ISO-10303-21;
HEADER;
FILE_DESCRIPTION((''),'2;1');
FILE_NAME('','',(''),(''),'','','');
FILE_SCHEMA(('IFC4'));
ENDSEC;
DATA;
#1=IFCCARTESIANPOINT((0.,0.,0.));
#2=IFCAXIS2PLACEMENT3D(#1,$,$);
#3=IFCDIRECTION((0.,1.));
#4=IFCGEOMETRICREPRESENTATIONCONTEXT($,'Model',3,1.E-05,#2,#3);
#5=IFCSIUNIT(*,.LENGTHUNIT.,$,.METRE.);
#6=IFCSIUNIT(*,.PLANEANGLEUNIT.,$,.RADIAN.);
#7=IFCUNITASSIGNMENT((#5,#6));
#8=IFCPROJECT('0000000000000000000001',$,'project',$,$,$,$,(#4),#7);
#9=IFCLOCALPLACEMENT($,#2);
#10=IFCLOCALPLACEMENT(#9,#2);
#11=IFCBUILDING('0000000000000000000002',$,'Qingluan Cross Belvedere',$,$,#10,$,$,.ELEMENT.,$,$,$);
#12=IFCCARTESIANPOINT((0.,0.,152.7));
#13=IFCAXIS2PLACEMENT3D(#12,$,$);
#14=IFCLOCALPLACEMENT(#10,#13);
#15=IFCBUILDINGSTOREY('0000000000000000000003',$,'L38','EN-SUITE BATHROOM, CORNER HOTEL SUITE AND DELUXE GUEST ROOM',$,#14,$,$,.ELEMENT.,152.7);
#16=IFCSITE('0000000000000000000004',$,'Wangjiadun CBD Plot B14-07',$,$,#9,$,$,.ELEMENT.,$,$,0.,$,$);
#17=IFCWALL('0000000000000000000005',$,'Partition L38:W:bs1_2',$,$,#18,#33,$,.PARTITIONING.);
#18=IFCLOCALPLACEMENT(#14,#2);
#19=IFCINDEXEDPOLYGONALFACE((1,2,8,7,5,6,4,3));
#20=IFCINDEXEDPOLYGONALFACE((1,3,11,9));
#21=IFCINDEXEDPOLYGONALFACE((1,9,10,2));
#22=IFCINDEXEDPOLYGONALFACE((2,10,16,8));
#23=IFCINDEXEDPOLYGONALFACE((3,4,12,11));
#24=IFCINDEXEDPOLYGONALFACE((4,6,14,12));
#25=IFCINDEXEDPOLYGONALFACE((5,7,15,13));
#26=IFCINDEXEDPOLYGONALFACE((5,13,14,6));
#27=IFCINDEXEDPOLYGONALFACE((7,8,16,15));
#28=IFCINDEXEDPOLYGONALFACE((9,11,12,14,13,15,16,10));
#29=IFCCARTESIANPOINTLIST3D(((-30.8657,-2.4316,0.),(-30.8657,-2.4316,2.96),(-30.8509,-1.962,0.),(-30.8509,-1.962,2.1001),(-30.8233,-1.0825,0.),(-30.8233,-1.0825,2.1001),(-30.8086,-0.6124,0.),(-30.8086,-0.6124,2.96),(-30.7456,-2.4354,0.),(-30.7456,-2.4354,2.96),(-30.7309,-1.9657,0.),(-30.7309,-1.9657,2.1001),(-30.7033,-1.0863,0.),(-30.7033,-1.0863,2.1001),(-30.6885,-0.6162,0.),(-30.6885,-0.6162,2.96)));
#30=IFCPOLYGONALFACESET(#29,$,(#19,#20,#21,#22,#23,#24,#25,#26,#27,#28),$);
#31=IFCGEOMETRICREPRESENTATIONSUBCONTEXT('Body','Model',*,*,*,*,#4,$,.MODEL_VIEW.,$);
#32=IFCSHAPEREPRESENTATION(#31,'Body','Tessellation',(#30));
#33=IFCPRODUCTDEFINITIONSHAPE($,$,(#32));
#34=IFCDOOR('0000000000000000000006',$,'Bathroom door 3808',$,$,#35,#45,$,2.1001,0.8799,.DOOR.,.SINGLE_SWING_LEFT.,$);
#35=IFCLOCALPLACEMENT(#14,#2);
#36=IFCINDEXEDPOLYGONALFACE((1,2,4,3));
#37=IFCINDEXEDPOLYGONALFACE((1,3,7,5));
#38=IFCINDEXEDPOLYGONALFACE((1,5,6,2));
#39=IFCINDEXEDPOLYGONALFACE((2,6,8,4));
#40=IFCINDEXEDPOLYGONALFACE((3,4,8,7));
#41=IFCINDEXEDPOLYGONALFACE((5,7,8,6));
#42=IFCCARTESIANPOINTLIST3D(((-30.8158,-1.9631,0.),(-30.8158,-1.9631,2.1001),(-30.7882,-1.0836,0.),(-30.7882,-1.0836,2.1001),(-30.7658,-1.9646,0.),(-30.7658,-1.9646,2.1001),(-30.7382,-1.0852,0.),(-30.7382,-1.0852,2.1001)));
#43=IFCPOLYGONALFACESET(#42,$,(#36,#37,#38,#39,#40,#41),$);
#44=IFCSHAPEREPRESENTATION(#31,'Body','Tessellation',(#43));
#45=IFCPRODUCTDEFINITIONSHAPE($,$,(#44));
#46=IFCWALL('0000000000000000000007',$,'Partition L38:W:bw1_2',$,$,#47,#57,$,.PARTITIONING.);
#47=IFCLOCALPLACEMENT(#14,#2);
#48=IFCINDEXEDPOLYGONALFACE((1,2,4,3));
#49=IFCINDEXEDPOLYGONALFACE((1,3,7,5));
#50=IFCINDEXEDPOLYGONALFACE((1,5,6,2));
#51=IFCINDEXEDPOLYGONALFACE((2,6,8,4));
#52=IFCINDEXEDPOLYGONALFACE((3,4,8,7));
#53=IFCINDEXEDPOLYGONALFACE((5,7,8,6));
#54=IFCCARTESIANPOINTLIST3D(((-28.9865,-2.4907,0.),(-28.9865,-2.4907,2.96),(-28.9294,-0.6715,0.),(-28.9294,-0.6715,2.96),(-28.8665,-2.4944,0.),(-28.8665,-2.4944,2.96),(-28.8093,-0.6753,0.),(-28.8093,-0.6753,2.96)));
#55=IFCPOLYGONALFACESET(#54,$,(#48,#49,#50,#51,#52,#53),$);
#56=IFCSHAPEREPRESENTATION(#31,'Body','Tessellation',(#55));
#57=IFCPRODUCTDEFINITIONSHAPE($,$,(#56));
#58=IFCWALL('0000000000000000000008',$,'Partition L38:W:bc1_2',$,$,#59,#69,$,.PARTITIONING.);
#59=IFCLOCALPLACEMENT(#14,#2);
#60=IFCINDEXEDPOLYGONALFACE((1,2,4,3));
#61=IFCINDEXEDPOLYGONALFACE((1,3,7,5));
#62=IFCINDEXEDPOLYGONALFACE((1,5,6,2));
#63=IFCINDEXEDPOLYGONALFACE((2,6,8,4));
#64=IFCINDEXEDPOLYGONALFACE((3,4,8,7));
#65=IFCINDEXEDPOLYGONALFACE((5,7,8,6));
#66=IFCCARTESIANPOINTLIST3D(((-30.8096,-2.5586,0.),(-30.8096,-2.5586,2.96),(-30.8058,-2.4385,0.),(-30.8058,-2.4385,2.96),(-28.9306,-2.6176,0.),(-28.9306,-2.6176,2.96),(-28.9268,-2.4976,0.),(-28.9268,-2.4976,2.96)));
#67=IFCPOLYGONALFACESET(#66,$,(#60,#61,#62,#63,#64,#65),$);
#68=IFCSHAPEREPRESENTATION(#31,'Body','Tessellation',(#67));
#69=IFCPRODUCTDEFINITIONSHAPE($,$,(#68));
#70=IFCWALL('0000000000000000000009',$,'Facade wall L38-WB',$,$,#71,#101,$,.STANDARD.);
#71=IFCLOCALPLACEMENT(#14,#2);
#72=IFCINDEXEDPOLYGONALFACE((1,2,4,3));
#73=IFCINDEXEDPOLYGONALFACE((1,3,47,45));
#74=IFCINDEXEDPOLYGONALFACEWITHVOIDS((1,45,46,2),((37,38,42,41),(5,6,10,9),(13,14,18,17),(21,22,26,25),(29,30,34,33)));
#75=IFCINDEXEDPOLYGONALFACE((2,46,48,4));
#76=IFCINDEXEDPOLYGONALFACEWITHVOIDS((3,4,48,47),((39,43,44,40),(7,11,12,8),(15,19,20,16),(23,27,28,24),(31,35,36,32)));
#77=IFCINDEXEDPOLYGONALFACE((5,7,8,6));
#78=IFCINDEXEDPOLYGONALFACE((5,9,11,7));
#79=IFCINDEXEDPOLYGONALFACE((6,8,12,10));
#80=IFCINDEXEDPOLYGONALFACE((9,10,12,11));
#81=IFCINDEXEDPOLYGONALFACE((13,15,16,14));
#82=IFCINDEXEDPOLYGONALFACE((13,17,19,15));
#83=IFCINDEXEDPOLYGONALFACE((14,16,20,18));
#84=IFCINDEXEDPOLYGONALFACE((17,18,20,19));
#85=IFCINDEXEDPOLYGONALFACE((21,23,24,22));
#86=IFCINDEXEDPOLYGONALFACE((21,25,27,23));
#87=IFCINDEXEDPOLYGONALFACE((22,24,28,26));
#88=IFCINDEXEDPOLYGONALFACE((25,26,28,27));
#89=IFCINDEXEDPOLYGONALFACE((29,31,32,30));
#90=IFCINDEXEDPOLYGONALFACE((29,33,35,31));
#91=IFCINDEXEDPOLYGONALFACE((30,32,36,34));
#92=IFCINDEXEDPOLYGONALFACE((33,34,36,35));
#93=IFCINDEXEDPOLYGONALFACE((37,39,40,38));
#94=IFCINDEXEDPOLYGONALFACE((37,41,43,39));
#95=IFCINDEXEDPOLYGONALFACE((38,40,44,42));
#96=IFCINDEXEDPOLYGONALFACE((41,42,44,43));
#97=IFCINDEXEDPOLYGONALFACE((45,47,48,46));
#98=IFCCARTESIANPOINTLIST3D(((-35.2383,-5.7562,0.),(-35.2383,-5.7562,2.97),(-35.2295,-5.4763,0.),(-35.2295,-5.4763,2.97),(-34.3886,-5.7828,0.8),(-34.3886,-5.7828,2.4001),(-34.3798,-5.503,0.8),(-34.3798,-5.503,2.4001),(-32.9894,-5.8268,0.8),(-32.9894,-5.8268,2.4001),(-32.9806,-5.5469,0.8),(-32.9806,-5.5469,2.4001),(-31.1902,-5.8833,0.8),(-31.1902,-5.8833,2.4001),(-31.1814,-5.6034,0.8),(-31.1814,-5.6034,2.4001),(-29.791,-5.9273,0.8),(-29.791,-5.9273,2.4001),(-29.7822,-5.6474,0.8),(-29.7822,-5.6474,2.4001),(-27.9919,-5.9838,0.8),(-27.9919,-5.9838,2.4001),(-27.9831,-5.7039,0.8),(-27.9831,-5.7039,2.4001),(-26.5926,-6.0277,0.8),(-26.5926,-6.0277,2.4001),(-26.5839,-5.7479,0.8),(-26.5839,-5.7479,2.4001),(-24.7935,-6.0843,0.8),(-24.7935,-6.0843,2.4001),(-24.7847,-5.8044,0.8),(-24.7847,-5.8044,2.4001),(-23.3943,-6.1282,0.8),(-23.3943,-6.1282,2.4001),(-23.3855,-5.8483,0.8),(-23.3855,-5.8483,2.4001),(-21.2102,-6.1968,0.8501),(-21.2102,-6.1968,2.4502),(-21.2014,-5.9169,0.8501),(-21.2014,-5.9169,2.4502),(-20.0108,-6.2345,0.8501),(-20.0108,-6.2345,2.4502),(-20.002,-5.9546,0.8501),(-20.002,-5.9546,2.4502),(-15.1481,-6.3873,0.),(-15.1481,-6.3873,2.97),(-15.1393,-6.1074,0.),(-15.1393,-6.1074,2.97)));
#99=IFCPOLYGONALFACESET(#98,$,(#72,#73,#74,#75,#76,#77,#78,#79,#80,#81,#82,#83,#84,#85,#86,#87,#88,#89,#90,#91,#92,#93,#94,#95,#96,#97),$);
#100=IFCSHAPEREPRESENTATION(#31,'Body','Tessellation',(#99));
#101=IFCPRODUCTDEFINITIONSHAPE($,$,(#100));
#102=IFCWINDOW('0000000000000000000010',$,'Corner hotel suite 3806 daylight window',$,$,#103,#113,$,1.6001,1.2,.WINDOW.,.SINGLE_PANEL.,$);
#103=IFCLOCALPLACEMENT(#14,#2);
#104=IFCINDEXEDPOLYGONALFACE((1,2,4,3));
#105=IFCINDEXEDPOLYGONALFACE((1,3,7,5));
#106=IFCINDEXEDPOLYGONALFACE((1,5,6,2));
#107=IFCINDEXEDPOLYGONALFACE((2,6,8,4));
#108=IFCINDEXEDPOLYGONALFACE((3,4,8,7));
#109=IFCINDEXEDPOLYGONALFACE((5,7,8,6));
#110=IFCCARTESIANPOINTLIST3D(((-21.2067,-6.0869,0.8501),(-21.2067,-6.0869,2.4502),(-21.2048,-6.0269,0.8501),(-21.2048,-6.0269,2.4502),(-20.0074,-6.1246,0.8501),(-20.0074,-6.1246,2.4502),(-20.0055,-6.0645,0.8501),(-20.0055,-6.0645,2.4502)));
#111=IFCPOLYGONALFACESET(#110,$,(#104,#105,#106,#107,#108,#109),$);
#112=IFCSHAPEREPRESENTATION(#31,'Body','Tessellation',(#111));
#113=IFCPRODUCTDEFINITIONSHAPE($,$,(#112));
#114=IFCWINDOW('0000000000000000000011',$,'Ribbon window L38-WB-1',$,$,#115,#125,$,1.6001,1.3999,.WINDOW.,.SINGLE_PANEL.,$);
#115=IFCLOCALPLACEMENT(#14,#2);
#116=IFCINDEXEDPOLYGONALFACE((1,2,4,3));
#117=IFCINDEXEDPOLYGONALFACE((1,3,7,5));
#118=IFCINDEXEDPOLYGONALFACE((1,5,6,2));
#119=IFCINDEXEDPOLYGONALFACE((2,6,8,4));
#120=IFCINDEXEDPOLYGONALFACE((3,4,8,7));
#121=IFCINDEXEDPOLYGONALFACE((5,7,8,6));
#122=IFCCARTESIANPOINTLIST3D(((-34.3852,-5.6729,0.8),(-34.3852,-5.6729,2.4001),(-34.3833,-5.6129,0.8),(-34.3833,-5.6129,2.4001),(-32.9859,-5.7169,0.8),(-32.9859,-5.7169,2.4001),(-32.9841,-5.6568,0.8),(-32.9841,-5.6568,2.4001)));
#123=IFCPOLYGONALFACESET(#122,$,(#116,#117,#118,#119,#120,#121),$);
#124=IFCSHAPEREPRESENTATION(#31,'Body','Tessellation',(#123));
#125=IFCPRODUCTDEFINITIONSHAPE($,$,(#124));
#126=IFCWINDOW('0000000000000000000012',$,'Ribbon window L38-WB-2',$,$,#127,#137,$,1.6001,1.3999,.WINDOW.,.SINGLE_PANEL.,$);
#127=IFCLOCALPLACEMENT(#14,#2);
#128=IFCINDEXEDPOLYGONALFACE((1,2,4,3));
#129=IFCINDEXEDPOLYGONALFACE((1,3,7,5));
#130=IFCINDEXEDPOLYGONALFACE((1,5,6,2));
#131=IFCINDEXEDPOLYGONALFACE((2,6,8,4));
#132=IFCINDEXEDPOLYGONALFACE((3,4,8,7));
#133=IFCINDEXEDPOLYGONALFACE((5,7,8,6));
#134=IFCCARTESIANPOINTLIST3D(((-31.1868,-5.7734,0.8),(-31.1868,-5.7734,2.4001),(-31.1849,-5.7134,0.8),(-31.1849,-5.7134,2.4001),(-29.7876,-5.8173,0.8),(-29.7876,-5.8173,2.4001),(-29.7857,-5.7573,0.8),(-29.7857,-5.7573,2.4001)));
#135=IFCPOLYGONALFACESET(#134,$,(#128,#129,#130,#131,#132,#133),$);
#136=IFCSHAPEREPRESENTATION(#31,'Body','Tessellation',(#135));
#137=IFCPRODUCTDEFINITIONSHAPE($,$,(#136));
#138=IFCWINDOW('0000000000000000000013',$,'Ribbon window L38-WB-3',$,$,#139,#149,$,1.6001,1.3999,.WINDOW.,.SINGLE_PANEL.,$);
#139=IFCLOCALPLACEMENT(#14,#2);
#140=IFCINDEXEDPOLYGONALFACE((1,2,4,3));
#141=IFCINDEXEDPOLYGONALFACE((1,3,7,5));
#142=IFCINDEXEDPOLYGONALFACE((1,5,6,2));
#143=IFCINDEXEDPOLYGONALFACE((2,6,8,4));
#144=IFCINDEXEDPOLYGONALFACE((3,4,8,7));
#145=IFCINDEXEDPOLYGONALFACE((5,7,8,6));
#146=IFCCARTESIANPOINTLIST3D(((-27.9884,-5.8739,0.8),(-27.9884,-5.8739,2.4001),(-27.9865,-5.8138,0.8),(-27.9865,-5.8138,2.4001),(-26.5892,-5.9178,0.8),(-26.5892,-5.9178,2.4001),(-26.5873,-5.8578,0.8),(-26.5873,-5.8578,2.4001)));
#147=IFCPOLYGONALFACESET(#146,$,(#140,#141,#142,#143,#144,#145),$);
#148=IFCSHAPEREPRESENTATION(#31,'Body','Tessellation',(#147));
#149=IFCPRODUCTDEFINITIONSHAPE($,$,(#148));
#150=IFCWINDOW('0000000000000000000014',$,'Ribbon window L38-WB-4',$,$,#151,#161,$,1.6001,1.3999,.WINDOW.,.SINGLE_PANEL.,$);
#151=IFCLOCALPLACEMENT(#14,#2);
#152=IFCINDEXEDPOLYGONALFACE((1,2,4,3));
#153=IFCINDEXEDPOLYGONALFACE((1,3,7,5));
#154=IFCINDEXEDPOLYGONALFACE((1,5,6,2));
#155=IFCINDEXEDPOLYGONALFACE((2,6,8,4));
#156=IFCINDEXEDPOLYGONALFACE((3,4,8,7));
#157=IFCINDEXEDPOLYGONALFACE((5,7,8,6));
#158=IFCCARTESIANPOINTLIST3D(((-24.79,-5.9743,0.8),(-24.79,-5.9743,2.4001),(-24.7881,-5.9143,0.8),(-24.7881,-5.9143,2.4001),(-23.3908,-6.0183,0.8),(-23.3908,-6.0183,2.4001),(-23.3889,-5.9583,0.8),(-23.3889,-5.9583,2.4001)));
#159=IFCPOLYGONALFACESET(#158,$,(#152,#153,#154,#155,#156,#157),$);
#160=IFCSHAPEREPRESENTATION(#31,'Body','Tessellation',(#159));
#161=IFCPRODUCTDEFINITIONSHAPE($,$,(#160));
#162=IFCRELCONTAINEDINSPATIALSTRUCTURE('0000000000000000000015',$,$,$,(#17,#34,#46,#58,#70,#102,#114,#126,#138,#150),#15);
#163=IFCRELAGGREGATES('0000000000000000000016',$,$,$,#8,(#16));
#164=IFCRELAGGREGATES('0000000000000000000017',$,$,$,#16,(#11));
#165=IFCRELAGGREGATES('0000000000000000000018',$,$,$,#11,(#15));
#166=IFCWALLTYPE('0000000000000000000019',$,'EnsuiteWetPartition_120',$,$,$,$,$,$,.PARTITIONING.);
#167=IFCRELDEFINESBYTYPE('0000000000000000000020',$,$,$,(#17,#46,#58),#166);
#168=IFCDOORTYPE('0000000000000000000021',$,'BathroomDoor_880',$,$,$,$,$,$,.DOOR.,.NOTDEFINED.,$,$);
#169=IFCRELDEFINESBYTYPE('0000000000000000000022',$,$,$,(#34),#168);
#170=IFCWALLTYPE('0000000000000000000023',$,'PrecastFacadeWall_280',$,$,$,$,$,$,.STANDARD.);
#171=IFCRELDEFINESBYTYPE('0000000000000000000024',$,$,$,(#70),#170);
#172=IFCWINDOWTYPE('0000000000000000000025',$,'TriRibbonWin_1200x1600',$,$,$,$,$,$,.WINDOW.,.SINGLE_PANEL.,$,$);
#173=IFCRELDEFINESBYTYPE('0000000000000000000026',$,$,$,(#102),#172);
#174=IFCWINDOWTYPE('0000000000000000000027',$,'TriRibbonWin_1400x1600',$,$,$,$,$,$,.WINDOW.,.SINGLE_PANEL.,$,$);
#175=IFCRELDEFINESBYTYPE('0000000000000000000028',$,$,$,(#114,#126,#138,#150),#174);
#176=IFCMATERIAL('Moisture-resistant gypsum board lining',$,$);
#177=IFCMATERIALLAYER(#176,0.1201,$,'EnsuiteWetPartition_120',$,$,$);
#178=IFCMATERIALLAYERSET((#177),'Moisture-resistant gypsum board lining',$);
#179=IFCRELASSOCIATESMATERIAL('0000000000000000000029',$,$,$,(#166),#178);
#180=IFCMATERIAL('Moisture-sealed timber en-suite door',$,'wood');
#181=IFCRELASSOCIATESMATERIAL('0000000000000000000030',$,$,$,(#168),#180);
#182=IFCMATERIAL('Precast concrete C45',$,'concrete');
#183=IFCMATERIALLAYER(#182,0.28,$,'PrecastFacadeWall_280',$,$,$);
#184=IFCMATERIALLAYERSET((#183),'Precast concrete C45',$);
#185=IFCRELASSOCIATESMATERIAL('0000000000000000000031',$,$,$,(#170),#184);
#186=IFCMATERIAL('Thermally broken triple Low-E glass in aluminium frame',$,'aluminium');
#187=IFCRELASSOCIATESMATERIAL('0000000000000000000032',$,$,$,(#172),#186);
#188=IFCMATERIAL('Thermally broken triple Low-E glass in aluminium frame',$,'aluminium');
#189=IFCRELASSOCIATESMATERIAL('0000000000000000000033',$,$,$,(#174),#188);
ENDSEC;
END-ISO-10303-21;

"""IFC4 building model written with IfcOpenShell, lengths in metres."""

from ifc_helpers import new_model, si_unit, direction, frame, frame_2d, origin, place, context, subcontext, project, spatial, rectangle, extrude, material, layer, layer_set, type_object, element, fill, save


model = new_model("IFC4")

# Units and contexts
model_context = context("Model", 3, precision=1e-05, world=origin(), true_north=direction((0.0, 1.0)))
body_context = subcontext(model_context, "Body", "Model", "MODEL_VIEW")
ifc_project = project(units=[si_unit("LENGTHUNIT", "METRE"), si_unit("PLANEANGLEUNIT", "RADIAN")], contexts=[model_context])

# Site, building, storey
site_placement = place(None, origin())
site = spatial("IfcSite", under=ifc_project, at=site_placement, Name="Wangjiadun CBD Plot B14-07", CompositionType="ELEMENT", RefElevation=0.0)
building_placement = place(site_placement, origin())
building = spatial("IfcBuilding", under=site, at=building_placement, Name="Qingluan Cross Belvedere", CompositionType="ELEMENT")
storey_placement = place(building_placement, frame((0.0, 0.0, 152.7)))
storey = spatial("IfcBuildingStorey", under=building, at=storey_placement, Name="L38", Description="EN-SUITE BATHROOM, CORNER HOTEL SUITE AND DELUXE GUEST ROOM", CompositionType="ELEMENT", Elevation=152.7)

# Shared definitions
ifc_material_1 = material(Name="Moisture-resistant gypsum board lining")
ifc_layer_1 = layer(ifc_material_1, 0.1201, Name="EnsuiteWetPartition_120")
ifc_layer_set_1 = layer_set([ifc_layer_1], Name="Moisture-resistant gypsum board lining")
wall_type_1 = type_object("IfcWallType", Name="EnsuiteWetPartition_120", PredefinedType="PARTITIONING", material=ifc_layer_set_1)
ifc_material_2 = material(Name="Moisture-sealed timber en-suite door", Category="wood")
door_type = type_object("IfcDoorType", Name="BathroomDoor_880", OperationType="NOTDEFINED", PredefinedType="DOOR", material=ifc_material_2)

# Wall, opening, door
wall_1_placement = place(storey_placement, frame((-30.8057, -2.4336, 0.0), z_axis=(0.0, 0.0, 1.0), x_axis=(0.03139, 0.999507, 0.0)))
wall_1 = element("IfcWall", 1, at=wall_1_placement, inside=storey, type_object=wall_type_1, Name="Partition L38:W:bs1_2", PredefinedType="PARTITIONING", context=body_context, shape_type="SweptSolid", body=[
    extrude(rectangle(XDim=1.8201, YDim=0.1201, at=frame_2d((0.9102, 0.0))), origin(), (0.0, 0.0, 1.0), 2.96),
])
opening_1_placement = place(wall_1_placement, frame((0.47, 0.0, 0.0)))
opening_1 = element("IfcOpeningElement", 2, at=opening_1_placement, cuts=wall_1, PredefinedType="OPENING", context=body_context, shape_type="SweptSolid", body=[
    extrude(rectangle(XDim=0.8799, YDim=2.1001, at=frame_2d((0.4399, 1.05))), frame((0.0, 0.0701, 0.0), z_axis=(0.0, -1.0, 0.0), x_axis=(1.0, 0.0, 0.0)), (0.0, 0.0, 1.0), 0.1401),
])
door_1_placement = place(opening_1_placement, origin())
door_1 = element("IfcDoor", 3, at=door_1_placement, inside=storey, type_object=door_type, Name="Bathroom door 3808", OperationType="SINGLE_SWING_LEFT", OverallHeight=2.1001, OverallWidth=0.8799, PredefinedType="DOOR", context=body_context, shape_type="SweptSolid", body=[
    extrude(rectangle(XDim=0.8799, YDim=2.1001, at=frame_2d((0.4399, 1.05))), frame((0.0, 0.0249, 0.0), z_axis=(0.0, -1.0, 0.0), x_axis=(1.0, 0.0, 0.0)), (0.0, 0.0, 1.0), 0.05),
])
fill(opening_1, door_1)

# Walls
wall_2_placement = place(storey_placement, frame((-28.9265, -2.4927, 0.0), z_axis=(0.0, 0.0, 1.0), x_axis=(0.03139, 0.999507, 0.0)))
element("IfcWall", 4, at=wall_2_placement, inside=storey, type_object=wall_type_1, Name="Partition L38:W:bw1_2", PredefinedType="PARTITIONING", context=body_context, shape_type="SweptSolid", body=[
    extrude(rectangle(XDim=1.8201, YDim=0.1201, at=frame_2d((0.9102, 0.0))), origin(), (0.0, 0.0, 1.0), 2.96),
])
wall_3_placement = place(storey_placement, frame((-28.9287, -2.5576, 0.0), z_axis=(0.0, 0.0, 1.0), x_axis=(-0.999506, 0.031429, 0.0)))
element("IfcWall", 5, at=wall_3_placement, inside=storey, type_object=wall_type_1, Name="Partition L38:W:bc1_2", PredefinedType="PARTITIONING", context=body_context, shape_type="SweptSolid", body=[
    extrude(rectangle(XDim=1.8799, YDim=0.1201, at=frame_2d((0.9399, 0.0))), origin(), (0.0, 0.0, 1.0), 2.96),
])

# Wall, openings, windows
ifc_material_3 = material(Name="Precast concrete C45", Category="concrete")
ifc_layer_2 = layer(ifc_material_3, 0.28, Name="PrecastFacadeWall_280")
ifc_layer_set_2 = layer_set([ifc_layer_2], Name="Precast concrete C45")
wall_type_2 = type_object("IfcWallType", Name="PrecastFacadeWall_280", PredefinedType="STANDARD", material=ifc_layer_set_2)
wall_4_placement = place(storey_placement, frame((-35.2339, -5.6162, 0.0), z_axis=(0.0, 0.0, 1.0), x_axis=(0.999507, -0.031398, 0.0)))
wall_4 = element("IfcWall", 6, at=wall_4_placement, inside=storey, type_object=wall_type_2, Name="Facade wall L38-WB", PredefinedType="STANDARD", context=body_context, shape_type="SweptSolid", body=[
    extrude(rectangle(XDim=20.1001, YDim=0.28, at=frame_2d((10.05, 0.0))), origin(), (0.0, 0.0, 1.0), 2.97),
])
opening_2_placement = place(wall_4_placement, frame((0.8501, 0.0, 0.8)))
opening_2 = element("IfcOpeningElement", 7, at=opening_2_placement, cuts=wall_4, PredefinedType="OPENING", context=body_context, shape_type="SweptSolid", body=[
    extrude(rectangle(XDim=1.3999, YDim=1.6001, at=frame_2d((0.7, 0.8))), frame((0.0, 0.1499, 0.0), z_axis=(0.0, -1.0, 0.0), x_axis=(1.0, 0.0, 0.0)), (0.0, 0.0, 1.0), 0.3),
])
opening_3_placement = place(wall_4_placement, frame((4.05, 0.0, 0.8)))
opening_3 = element("IfcOpeningElement", 8, at=opening_3_placement, cuts=wall_4, PredefinedType="OPENING", context=body_context, shape_type="SweptSolid", body=[
    extrude(rectangle(XDim=1.3999, YDim=1.6001, at=frame_2d((0.7, 0.8))), frame((0.0, 0.1499, 0.0), z_axis=(0.0, -1.0, 0.0), x_axis=(1.0, 0.0, 0.0)), (0.0, 0.0, 1.0), 0.3),
])
opening_4_placement = place(wall_4_placement, frame((7.25, 0.0, 0.8)))
opening_4 = element("IfcOpeningElement", 9, at=opening_4_placement, cuts=wall_4, PredefinedType="OPENING", context=body_context, shape_type="SweptSolid", body=[
    extrude(rectangle(XDim=1.3999, YDim=1.6001, at=frame_2d((0.7, 0.8))), frame((0.0, 0.1499, 0.0), z_axis=(0.0, -1.0, 0.0), x_axis=(1.0, 0.0, 0.0)), (0.0, 0.0, 1.0), 0.3),
])
opening_5_placement = place(wall_4_placement, frame((10.45, 0.0, 0.8)))
opening_5 = element("IfcOpeningElement", 10, at=opening_5_placement, cuts=wall_4, PredefinedType="OPENING", context=body_context, shape_type="SweptSolid", body=[
    extrude(rectangle(XDim=1.3999, YDim=1.6001, at=frame_2d((0.7, 0.8))), frame((0.0, 0.1499, 0.0), z_axis=(0.0, -1.0, 0.0), x_axis=(1.0, 0.0, 0.0)), (0.0, 0.0, 1.0), 0.3),
])
opening_6_placement = place(wall_4_placement, frame((14.0349, 0.0, 0.8501)))
opening_6 = element("IfcOpeningElement", 11, at=opening_6_placement, cuts=wall_4, PredefinedType="OPENING", context=body_context, shape_type="SweptSolid", body=[
    extrude(rectangle(XDim=1.2, YDim=1.6001, at=frame_2d((0.6001, 0.8))), frame((0.0, 0.1499, 0.0), z_axis=(0.0, -1.0, 0.0), x_axis=(1.0, 0.0, 0.0)), (0.0, 0.0, 1.0), 0.3),
])
ifc_material_4 = material(Name="Thermally broken triple Low-E glass in aluminium frame", Category="aluminium")
window_type_1 = type_object("IfcWindowType", Name="TriRibbonWin_1200x1600", PartitioningType="SINGLE_PANEL", PredefinedType="WINDOW", material=ifc_material_4)
window_1_placement = place(opening_6_placement, origin())
window_1 = element("IfcWindow", 12, at=window_1_placement, inside=storey, type_object=window_type_1, Name="Corner hotel suite 3806 daylight window", OverallHeight=1.6001, OverallWidth=1.2, PartitioningType="SINGLE_PANEL", PredefinedType="WINDOW", context=body_context, shape_type="SweptSolid", body=[
    extrude(rectangle(XDim=1.2, YDim=1.6001, at=frame_2d((0.6001, 0.8))), frame((0.0, 0.03, 0.0), z_axis=(0.0, -1.0, 0.0), x_axis=(1.0, 0.0, 0.0)), (0.0, 0.0, 1.0), 0.0601),
])
fill(opening_6, window_1)
ifc_material_5 = material(Name="Thermally broken triple Low-E glass in aluminium frame", Category="aluminium")
window_type_2 = type_object("IfcWindowType", Name="TriRibbonWin_1400x1600", PartitioningType="SINGLE_PANEL", PredefinedType="WINDOW", material=ifc_material_5)
window_2_placement = place(opening_2_placement, origin())
window_2 = element("IfcWindow", 13, at=window_2_placement, inside=storey, type_object=window_type_2, Name="Ribbon window L38-WB-1", OverallHeight=1.6001, OverallWidth=1.3999, PartitioningType="SINGLE_PANEL", PredefinedType="WINDOW", context=body_context, shape_type="SweptSolid", body=[
    extrude(rectangle(XDim=1.3999, YDim=1.6001, at=frame_2d((0.7, 0.8))), frame((0.0, 0.03, 0.0), z_axis=(0.0, -1.0, 0.0), x_axis=(1.0, 0.0, 0.0)), (0.0, 0.0, 1.0), 0.0601),
])
fill(opening_2, window_2)
window_3_placement = place(opening_3_placement, origin())
window_3 = element("IfcWindow", 14, at=window_3_placement, inside=storey, type_object=window_type_2, Name="Ribbon window L38-WB-2", OverallHeight=1.6001, OverallWidth=1.3999, PartitioningType="SINGLE_PANEL", PredefinedType="WINDOW", context=body_context, shape_type="SweptSolid", body=[
    extrude(rectangle(XDim=1.3999, YDim=1.6001, at=frame_2d((0.7, 0.8))), frame((0.0, 0.03, 0.0), z_axis=(0.0, -1.0, 0.0), x_axis=(1.0, 0.0, 0.0)), (0.0, 0.0, 1.0), 0.0601),
])
fill(opening_3, window_3)
window_4_placement = place(opening_4_placement, origin())
window_4 = element("IfcWindow", 15, at=window_4_placement, inside=storey, type_object=window_type_2, Name="Ribbon window L38-WB-3", OverallHeight=1.6001, OverallWidth=1.3999, PartitioningType="SINGLE_PANEL", PredefinedType="WINDOW", context=body_context, shape_type="SweptSolid", body=[
    extrude(rectangle(XDim=1.3999, YDim=1.6001, at=frame_2d((0.7, 0.8))), frame((0.0, 0.03, 0.0), z_axis=(0.0, -1.0, 0.0), x_axis=(1.0, 0.0, 0.0)), (0.0, 0.0, 1.0), 0.0601),
])
fill(opening_4, window_4)
window_5_placement = place(opening_5_placement, origin())
window_5 = element("IfcWindow", 16, at=window_5_placement, inside=storey, type_object=window_type_2, Name="Ribbon window L38-WB-4", OverallHeight=1.6001, OverallWidth=1.3999, PartitioningType="SINGLE_PANEL", PredefinedType="WINDOW", context=body_context, shape_type="SweptSolid", body=[
    extrude(rectangle(XDim=1.3999, YDim=1.6001, at=frame_2d((0.7, 0.8))), frame((0.0, 0.03, 0.0), z_axis=(0.0, -1.0, 0.0), x_axis=(1.0, 0.0, 0.0)), (0.0, 0.0, 1.0), 0.0601),
])
fill(opening_5, window_5)

save(model, "model.ifc")
